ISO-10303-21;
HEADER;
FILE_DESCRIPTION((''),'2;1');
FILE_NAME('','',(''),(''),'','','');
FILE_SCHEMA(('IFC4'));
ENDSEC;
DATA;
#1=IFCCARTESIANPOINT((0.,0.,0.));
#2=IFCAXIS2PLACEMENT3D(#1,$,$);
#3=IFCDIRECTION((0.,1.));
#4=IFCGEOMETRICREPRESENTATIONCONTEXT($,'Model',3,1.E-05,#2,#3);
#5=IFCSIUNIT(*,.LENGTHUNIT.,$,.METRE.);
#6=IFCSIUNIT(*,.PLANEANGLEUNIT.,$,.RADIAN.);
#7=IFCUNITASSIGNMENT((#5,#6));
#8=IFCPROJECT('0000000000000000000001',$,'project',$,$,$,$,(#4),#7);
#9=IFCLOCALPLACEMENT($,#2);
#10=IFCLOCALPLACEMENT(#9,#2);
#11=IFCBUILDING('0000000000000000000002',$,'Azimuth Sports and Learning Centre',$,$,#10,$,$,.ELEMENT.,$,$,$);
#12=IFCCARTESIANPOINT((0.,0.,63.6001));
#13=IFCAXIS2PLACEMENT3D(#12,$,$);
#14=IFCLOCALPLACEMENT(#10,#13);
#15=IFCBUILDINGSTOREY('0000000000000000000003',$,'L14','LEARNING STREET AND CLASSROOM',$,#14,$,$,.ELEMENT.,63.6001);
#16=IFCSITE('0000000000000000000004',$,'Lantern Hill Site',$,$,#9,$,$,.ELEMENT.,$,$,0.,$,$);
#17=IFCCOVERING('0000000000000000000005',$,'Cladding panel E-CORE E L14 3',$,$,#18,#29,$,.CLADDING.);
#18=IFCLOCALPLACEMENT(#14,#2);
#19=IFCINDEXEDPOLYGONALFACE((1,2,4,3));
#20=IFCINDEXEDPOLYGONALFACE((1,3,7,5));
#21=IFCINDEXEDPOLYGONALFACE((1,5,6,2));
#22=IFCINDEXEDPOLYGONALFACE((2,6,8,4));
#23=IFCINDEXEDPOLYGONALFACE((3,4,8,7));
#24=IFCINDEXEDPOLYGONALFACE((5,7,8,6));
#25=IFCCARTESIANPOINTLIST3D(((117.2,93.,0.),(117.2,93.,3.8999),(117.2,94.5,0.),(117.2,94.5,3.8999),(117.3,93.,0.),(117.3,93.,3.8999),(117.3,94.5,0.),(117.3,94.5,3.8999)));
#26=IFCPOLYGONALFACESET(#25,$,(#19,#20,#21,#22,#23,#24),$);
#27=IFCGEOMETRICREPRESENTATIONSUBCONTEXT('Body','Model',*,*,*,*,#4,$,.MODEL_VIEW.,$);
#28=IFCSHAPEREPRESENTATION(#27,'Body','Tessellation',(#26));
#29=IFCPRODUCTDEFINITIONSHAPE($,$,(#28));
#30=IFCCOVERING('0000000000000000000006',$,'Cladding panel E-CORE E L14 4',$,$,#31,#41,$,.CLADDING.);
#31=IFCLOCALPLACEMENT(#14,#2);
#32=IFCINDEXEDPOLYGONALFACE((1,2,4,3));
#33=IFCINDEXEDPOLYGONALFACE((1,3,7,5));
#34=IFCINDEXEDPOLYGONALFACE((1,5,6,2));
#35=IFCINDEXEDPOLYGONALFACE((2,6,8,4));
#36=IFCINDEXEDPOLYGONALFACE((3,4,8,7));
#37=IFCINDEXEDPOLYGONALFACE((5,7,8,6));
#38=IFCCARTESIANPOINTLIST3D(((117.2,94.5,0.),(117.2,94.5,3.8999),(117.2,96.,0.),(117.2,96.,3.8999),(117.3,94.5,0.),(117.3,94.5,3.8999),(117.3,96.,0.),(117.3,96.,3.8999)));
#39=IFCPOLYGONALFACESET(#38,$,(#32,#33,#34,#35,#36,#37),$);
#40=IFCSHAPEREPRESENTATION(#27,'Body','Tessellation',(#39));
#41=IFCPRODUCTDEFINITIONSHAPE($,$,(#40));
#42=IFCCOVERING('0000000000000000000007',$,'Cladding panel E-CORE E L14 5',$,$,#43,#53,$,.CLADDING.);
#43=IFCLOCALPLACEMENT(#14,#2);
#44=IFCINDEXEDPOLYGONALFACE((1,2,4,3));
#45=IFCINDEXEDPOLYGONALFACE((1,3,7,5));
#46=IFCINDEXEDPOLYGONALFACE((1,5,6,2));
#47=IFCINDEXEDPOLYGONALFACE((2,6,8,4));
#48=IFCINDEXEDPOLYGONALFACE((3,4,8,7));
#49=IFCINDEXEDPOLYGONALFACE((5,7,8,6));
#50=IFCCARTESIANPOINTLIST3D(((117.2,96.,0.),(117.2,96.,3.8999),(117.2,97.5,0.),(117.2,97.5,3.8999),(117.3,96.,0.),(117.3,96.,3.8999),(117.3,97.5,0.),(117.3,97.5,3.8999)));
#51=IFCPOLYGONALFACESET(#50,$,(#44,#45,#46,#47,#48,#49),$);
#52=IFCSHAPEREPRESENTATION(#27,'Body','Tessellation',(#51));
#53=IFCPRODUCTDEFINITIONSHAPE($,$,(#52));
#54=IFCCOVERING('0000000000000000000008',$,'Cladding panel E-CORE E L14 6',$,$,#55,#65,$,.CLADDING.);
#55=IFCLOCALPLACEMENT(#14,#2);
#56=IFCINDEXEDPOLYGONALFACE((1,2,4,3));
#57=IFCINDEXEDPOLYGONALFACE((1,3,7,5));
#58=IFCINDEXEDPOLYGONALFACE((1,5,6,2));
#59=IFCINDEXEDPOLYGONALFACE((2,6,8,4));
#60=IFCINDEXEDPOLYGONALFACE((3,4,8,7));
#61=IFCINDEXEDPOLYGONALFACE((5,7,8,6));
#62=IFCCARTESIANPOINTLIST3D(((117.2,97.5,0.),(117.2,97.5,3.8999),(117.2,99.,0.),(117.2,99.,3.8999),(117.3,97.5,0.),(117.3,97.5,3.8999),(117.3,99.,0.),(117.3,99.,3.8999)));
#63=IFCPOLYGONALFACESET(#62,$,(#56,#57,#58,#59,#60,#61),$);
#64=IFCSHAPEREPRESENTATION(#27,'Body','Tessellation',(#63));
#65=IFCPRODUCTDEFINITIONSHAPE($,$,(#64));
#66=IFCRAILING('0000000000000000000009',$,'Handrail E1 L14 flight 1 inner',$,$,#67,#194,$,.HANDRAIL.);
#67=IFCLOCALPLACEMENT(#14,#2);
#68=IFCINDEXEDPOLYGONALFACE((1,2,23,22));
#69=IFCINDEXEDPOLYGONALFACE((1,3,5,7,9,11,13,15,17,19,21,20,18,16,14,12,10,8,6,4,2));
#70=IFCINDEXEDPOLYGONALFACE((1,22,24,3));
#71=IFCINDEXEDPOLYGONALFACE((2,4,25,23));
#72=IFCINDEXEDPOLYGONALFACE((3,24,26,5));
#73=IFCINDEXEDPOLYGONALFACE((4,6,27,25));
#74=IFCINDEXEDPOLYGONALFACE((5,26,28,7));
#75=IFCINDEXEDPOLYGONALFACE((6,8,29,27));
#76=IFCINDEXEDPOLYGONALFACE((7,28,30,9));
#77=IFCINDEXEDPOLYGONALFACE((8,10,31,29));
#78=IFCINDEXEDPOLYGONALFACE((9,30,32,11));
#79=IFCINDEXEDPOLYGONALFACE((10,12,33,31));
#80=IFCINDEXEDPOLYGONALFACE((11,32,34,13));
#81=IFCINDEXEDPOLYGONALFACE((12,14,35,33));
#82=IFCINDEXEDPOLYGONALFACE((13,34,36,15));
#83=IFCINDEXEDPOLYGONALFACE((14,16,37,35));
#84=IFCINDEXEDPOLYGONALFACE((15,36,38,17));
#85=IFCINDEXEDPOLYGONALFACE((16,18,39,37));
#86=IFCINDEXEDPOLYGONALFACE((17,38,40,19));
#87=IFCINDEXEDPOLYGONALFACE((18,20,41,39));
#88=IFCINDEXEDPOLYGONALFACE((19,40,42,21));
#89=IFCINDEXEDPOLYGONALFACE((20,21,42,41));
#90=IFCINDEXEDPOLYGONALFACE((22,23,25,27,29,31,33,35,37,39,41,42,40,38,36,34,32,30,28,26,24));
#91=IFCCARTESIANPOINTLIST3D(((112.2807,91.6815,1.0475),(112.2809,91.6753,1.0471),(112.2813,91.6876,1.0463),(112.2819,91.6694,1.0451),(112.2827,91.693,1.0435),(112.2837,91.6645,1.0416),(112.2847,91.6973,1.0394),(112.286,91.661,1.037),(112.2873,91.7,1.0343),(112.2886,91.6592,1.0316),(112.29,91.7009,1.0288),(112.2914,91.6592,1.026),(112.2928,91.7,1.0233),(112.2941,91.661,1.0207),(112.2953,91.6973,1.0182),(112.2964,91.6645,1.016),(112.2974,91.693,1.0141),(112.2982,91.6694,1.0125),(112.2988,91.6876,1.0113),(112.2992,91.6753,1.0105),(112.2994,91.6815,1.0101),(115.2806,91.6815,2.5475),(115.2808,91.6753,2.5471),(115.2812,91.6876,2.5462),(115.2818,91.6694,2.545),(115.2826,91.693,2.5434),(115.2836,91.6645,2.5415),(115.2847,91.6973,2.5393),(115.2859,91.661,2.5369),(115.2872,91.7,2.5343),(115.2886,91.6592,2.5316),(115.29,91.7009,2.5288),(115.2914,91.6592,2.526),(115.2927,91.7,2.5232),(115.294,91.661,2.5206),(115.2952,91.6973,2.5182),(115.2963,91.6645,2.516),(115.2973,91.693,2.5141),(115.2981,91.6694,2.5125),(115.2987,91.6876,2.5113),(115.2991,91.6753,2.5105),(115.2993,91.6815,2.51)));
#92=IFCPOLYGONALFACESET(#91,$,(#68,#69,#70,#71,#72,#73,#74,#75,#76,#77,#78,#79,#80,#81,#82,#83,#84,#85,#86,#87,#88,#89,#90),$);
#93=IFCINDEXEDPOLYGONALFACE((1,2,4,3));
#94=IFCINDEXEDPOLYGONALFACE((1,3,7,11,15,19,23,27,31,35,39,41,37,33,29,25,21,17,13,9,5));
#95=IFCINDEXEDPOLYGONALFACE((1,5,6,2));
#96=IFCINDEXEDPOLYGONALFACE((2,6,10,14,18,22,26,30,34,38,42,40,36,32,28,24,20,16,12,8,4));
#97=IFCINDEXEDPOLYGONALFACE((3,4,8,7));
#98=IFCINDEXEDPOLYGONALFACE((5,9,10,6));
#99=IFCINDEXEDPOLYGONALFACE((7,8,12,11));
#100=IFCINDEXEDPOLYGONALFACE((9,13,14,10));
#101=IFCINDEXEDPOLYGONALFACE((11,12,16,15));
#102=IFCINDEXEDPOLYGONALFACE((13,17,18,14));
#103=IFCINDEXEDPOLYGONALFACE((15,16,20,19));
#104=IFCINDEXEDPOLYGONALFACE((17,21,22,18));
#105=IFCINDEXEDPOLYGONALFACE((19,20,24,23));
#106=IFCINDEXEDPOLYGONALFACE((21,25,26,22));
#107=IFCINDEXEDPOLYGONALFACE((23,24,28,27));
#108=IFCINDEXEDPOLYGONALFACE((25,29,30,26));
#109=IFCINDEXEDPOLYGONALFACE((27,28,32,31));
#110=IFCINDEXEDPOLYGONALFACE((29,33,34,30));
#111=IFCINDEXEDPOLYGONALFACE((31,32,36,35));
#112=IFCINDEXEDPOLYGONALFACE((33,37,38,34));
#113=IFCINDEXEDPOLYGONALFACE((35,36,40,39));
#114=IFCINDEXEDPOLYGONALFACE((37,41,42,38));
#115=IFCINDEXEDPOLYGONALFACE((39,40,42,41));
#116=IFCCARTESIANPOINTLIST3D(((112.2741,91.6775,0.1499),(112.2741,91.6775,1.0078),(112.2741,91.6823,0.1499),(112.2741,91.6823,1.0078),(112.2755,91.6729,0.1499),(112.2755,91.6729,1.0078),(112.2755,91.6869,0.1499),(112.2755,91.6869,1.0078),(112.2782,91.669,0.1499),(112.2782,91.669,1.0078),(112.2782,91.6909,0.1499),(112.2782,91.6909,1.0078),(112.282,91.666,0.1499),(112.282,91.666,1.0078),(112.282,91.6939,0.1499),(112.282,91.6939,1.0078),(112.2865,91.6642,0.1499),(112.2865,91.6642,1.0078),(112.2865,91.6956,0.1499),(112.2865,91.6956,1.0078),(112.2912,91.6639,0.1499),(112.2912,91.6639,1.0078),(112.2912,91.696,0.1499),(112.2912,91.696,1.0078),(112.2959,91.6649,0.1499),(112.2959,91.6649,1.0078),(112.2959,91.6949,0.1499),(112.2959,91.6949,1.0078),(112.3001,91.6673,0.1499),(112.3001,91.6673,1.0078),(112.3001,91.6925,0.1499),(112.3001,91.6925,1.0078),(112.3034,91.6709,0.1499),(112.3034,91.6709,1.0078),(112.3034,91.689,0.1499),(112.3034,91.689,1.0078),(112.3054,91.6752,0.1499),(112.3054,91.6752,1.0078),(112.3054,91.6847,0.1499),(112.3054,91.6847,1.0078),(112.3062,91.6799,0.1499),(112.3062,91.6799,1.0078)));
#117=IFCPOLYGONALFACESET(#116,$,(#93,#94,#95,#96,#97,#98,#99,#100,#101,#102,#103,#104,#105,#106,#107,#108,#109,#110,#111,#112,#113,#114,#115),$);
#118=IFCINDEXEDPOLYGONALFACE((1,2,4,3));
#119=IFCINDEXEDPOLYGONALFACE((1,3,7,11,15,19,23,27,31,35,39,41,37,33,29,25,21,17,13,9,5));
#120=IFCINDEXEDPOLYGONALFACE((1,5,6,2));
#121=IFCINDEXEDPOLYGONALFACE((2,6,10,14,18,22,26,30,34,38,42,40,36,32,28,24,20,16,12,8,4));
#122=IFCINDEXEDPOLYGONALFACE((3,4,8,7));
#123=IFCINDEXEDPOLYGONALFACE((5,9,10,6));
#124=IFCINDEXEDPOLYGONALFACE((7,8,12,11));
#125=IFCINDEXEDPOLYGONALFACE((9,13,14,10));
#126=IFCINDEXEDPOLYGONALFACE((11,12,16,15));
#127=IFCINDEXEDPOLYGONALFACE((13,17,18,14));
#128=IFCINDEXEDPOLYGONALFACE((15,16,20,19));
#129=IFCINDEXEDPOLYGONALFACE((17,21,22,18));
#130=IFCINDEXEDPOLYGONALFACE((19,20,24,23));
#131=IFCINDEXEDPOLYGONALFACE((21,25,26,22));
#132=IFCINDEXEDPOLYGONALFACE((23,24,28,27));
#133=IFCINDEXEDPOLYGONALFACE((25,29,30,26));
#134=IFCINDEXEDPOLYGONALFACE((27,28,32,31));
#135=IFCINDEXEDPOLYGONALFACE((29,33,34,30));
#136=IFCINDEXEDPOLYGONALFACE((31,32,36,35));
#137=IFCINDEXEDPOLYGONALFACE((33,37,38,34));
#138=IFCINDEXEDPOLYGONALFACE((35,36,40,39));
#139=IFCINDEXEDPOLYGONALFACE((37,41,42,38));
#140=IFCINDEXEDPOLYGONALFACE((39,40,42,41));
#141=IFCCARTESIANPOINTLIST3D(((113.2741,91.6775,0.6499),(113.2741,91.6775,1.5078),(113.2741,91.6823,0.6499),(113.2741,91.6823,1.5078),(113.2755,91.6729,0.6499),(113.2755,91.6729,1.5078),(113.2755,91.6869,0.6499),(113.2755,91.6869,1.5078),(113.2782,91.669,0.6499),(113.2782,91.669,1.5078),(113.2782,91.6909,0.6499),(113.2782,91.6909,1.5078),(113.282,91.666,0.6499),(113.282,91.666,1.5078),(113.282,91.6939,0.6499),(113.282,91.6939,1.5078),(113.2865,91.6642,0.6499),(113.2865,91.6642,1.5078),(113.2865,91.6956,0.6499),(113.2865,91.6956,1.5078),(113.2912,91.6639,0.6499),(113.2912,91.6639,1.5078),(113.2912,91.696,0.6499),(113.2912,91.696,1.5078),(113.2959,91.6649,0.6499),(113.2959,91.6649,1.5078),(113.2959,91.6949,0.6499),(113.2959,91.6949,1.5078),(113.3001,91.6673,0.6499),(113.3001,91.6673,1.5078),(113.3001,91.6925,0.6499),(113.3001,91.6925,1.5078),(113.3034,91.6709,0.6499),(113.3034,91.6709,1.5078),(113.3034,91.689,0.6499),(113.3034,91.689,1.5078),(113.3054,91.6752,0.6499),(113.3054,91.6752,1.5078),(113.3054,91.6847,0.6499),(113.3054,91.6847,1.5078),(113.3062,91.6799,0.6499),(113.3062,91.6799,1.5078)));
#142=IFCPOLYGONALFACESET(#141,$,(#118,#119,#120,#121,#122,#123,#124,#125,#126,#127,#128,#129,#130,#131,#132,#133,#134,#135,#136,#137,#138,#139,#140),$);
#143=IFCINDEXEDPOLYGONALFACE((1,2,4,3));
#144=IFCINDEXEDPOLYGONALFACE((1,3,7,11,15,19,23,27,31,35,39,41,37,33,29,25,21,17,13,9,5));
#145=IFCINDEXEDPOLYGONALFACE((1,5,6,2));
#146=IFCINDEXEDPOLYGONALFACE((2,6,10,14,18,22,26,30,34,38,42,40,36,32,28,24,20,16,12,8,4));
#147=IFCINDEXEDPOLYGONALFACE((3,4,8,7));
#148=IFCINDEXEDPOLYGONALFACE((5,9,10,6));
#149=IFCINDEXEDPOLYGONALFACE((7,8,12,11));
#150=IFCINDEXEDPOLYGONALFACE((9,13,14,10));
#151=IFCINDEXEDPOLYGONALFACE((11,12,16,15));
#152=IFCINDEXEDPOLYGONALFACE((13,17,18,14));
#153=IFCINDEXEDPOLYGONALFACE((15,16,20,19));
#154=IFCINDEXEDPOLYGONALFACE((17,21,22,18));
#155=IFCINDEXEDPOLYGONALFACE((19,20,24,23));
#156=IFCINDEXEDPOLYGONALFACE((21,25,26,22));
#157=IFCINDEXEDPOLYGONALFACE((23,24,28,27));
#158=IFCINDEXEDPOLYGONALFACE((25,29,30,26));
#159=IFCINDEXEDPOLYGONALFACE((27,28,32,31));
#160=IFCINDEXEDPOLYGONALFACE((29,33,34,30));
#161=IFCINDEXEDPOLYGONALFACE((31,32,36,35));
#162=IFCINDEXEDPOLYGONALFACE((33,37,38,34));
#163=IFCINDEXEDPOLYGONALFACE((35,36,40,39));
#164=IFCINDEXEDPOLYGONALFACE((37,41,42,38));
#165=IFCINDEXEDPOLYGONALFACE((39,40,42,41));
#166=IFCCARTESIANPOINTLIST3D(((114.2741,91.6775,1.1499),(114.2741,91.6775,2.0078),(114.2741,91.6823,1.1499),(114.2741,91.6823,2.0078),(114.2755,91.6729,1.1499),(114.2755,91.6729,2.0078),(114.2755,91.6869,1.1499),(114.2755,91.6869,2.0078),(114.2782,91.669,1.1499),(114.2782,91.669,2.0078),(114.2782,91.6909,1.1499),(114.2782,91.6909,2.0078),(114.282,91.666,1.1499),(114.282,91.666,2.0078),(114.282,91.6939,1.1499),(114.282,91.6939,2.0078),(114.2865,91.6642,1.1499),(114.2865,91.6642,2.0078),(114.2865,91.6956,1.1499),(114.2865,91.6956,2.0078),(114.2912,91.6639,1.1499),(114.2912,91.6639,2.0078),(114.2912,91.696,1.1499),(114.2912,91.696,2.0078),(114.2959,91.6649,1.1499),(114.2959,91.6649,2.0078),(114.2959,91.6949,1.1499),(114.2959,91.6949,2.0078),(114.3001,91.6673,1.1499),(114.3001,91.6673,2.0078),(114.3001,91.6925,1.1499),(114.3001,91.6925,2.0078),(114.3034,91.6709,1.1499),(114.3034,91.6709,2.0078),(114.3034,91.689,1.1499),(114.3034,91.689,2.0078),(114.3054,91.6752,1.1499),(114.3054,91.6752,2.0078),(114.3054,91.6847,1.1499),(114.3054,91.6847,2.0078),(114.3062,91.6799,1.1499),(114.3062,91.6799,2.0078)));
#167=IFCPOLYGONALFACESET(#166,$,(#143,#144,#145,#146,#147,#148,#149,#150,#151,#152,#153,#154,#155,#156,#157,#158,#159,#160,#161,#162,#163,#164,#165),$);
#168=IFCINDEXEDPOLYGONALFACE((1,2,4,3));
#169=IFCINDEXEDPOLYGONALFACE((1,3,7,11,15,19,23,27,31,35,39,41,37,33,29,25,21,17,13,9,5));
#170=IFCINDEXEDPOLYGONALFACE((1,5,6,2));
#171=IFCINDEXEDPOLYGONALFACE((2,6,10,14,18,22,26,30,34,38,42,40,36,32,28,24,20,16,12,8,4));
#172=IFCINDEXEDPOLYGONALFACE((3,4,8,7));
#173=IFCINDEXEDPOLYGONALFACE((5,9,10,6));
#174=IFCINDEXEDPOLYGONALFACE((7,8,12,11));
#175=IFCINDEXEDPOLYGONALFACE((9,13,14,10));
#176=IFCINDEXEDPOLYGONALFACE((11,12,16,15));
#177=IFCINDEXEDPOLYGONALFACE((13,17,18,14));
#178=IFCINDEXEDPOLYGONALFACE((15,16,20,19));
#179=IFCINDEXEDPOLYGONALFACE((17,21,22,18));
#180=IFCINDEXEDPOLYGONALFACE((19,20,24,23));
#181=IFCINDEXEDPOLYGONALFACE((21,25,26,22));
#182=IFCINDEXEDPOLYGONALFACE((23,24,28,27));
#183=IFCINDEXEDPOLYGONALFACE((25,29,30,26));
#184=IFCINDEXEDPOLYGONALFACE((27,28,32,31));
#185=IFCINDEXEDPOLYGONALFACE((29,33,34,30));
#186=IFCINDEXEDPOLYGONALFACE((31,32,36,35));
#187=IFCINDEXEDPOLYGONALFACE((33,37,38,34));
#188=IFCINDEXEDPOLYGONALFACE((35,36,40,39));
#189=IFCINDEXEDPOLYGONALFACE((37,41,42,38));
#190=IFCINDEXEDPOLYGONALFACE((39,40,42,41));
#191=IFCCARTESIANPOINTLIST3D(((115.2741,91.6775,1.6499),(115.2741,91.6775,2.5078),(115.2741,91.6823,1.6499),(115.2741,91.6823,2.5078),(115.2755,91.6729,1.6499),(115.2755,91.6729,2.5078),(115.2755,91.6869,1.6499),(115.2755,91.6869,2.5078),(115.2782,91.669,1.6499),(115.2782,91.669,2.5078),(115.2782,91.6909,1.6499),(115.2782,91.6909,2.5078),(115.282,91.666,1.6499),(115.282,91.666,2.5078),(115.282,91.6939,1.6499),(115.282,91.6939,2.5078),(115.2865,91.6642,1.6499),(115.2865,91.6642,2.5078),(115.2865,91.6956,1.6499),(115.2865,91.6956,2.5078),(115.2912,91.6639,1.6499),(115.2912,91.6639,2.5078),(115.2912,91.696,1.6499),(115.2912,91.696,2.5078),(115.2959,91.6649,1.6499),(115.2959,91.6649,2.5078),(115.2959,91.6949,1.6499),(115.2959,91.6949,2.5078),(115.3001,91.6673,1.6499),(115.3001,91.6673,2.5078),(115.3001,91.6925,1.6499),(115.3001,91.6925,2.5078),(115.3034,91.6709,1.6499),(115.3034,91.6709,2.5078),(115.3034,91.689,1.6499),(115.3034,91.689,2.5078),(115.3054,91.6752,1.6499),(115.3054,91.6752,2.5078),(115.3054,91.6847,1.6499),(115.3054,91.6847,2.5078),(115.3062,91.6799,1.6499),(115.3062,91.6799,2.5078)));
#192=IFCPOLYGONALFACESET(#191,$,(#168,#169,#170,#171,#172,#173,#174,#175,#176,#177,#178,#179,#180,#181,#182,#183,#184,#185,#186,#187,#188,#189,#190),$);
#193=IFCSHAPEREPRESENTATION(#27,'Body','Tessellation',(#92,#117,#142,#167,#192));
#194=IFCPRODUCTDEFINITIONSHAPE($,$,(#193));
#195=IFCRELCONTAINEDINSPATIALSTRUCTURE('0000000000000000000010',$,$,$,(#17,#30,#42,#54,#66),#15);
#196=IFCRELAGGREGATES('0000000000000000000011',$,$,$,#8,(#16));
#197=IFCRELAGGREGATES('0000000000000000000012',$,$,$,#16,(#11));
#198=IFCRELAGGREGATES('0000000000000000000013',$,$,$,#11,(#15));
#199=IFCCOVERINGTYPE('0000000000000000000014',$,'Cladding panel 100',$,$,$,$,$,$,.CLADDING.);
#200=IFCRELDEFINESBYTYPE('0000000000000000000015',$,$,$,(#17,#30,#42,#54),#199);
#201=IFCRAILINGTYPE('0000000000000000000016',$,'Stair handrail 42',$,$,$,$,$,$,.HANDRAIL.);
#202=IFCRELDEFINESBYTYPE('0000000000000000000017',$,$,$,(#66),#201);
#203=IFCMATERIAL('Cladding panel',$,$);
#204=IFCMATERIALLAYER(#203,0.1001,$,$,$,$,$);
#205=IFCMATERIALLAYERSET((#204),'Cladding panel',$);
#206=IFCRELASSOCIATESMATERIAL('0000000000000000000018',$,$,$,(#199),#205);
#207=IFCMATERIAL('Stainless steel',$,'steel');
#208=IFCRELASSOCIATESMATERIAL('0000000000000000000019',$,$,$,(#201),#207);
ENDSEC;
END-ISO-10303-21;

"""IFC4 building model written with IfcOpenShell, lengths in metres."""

from ifc_helpers import new_model, si_unit, direction, frame, origin, origin_2d, place, context, subcontext, project, spatial, rectangle, circle, extrude, material, layer, layer_set, type_object, element, save


model = new_model("IFC4")

# Units and contexts
model_context = context("Model", 3, precision=1e-05, world=origin(), true_north=direction((0.0, 1.0)))
body_context = subcontext(model_context, "Body", "Model", "MODEL_VIEW")
ifc_project = project(units=[si_unit("LENGTHUNIT", "METRE"), si_unit("PLANEANGLEUNIT", "RADIAN")], contexts=[model_context])

# Site, building, storey
site_placement = place(None, origin())
site = spatial("IfcSite", under=ifc_project, at=site_placement, Name="Lantern Hill Site", CompositionType="ELEMENT", RefElevation=0.0)
building_placement = place(site_placement, origin())
building = spatial("IfcBuilding", under=site, at=building_placement, Name="Azimuth Sports and Learning Centre", CompositionType="ELEMENT")
storey_placement = place(building_placement, frame((0.0, 0.0, 63.6001)))
storey = spatial("IfcBuildingStorey", under=building, at=storey_placement, Name="L14", Description="LEARNING STREET AND CLASSROOM", CompositionType="ELEMENT", Elevation=63.6001)

# Coverings
ifc_material_1 = material(Name="Cladding panel")
ifc_layer_1 = layer(ifc_material_1, 0.1001)
ifc_layer_set_1 = layer_set([ifc_layer_1], Name="Cladding panel")
covering_type = type_object("IfcCoveringType", Name="Cladding panel 100", PredefinedType="CLADDING", material=ifc_layer_set_1)
for number, where, z_axis, x_axis, name in (
    (1, (117.25, 93.75, 0.0), (0.0, 0.0, 1.0), (0.0, 1.0, 0.0), "Cladding panel E-CORE E L14 3"),
    (2, (117.25, 95.25, 0.0), (0.0, 0.0, 1.0), (0.0, 1.0, 0.0), "Cladding panel E-CORE E L14 4"),
    (3, (117.25, 96.75, 0.0), (0.0, 0.0, 1.0), (0.0, 1.0, 0.0), "Cladding panel E-CORE E L14 5"),
    (4, (117.25, 98.25, 0.0), (0.0, 0.0, 1.0), (0.0, 1.0, 0.0), "Cladding panel E-CORE E L14 6"),
):
    element("IfcCovering", number, at=place(storey_placement, frame(where, z_axis=z_axis, x_axis=x_axis)), inside=storey, type_object=covering_type, Name=name, PredefinedType="CLADDING", context=body_context, shape_type="SweptSolid", body=[
        extrude(rectangle(XDim=1.5, YDim=0.1001, at=origin_2d()), origin(), (0.0, 0.0, 1.0), 3.8999),
    ])

# Railing
ifc_material_2 = material(Name="Stainless steel", Category="steel")
railing_type_1 = type_object("IfcRailingType", Name="Stair handrail 42", PredefinedType="HANDRAIL", material=ifc_material_2)
for number, where, name in (
    (5, (112.29, 91.6799, 0.1499), "Handrail E1 L14 flight 1 inner"),
):
    element("IfcRailing", number, at=place(storey_placement, frame(where)), inside=storey, type_object=railing_type_1, Name=name, PredefinedType="HANDRAIL", context=body_context, shape_type="SweptSolid", body=[
        extrude(circle(Radius=0.021, at=origin_2d()), frame((0.0, 0.0, 0.8789), z_axis=(0.894427, 0.0, 0.447214), x_axis=(0.0, 1.0, 0.0)), (0.0, 0.0, 1.0), 3.354),
        extrude(circle(Radius=0.0161, at=origin_2d()), origin(), (0.0, 0.0, 1.0), 0.8579),
        extrude(circle(Radius=0.0161, at=origin_2d()), frame((1.0, 0.0, 0.5)), (0.0, 0.0, 1.0), 0.8579),
        extrude(circle(Radius=0.0161, at=origin_2d()), frame((2.0, 0.0, 1.0)), (0.0, 0.0, 1.0), 0.8579),
        extrude(circle(Radius=0.0161, at=origin_2d()), frame((3.0, 0.0, 1.5)), (0.0, 0.0, 1.0), 0.8579),
    ])

save(model, "model.ifc")
